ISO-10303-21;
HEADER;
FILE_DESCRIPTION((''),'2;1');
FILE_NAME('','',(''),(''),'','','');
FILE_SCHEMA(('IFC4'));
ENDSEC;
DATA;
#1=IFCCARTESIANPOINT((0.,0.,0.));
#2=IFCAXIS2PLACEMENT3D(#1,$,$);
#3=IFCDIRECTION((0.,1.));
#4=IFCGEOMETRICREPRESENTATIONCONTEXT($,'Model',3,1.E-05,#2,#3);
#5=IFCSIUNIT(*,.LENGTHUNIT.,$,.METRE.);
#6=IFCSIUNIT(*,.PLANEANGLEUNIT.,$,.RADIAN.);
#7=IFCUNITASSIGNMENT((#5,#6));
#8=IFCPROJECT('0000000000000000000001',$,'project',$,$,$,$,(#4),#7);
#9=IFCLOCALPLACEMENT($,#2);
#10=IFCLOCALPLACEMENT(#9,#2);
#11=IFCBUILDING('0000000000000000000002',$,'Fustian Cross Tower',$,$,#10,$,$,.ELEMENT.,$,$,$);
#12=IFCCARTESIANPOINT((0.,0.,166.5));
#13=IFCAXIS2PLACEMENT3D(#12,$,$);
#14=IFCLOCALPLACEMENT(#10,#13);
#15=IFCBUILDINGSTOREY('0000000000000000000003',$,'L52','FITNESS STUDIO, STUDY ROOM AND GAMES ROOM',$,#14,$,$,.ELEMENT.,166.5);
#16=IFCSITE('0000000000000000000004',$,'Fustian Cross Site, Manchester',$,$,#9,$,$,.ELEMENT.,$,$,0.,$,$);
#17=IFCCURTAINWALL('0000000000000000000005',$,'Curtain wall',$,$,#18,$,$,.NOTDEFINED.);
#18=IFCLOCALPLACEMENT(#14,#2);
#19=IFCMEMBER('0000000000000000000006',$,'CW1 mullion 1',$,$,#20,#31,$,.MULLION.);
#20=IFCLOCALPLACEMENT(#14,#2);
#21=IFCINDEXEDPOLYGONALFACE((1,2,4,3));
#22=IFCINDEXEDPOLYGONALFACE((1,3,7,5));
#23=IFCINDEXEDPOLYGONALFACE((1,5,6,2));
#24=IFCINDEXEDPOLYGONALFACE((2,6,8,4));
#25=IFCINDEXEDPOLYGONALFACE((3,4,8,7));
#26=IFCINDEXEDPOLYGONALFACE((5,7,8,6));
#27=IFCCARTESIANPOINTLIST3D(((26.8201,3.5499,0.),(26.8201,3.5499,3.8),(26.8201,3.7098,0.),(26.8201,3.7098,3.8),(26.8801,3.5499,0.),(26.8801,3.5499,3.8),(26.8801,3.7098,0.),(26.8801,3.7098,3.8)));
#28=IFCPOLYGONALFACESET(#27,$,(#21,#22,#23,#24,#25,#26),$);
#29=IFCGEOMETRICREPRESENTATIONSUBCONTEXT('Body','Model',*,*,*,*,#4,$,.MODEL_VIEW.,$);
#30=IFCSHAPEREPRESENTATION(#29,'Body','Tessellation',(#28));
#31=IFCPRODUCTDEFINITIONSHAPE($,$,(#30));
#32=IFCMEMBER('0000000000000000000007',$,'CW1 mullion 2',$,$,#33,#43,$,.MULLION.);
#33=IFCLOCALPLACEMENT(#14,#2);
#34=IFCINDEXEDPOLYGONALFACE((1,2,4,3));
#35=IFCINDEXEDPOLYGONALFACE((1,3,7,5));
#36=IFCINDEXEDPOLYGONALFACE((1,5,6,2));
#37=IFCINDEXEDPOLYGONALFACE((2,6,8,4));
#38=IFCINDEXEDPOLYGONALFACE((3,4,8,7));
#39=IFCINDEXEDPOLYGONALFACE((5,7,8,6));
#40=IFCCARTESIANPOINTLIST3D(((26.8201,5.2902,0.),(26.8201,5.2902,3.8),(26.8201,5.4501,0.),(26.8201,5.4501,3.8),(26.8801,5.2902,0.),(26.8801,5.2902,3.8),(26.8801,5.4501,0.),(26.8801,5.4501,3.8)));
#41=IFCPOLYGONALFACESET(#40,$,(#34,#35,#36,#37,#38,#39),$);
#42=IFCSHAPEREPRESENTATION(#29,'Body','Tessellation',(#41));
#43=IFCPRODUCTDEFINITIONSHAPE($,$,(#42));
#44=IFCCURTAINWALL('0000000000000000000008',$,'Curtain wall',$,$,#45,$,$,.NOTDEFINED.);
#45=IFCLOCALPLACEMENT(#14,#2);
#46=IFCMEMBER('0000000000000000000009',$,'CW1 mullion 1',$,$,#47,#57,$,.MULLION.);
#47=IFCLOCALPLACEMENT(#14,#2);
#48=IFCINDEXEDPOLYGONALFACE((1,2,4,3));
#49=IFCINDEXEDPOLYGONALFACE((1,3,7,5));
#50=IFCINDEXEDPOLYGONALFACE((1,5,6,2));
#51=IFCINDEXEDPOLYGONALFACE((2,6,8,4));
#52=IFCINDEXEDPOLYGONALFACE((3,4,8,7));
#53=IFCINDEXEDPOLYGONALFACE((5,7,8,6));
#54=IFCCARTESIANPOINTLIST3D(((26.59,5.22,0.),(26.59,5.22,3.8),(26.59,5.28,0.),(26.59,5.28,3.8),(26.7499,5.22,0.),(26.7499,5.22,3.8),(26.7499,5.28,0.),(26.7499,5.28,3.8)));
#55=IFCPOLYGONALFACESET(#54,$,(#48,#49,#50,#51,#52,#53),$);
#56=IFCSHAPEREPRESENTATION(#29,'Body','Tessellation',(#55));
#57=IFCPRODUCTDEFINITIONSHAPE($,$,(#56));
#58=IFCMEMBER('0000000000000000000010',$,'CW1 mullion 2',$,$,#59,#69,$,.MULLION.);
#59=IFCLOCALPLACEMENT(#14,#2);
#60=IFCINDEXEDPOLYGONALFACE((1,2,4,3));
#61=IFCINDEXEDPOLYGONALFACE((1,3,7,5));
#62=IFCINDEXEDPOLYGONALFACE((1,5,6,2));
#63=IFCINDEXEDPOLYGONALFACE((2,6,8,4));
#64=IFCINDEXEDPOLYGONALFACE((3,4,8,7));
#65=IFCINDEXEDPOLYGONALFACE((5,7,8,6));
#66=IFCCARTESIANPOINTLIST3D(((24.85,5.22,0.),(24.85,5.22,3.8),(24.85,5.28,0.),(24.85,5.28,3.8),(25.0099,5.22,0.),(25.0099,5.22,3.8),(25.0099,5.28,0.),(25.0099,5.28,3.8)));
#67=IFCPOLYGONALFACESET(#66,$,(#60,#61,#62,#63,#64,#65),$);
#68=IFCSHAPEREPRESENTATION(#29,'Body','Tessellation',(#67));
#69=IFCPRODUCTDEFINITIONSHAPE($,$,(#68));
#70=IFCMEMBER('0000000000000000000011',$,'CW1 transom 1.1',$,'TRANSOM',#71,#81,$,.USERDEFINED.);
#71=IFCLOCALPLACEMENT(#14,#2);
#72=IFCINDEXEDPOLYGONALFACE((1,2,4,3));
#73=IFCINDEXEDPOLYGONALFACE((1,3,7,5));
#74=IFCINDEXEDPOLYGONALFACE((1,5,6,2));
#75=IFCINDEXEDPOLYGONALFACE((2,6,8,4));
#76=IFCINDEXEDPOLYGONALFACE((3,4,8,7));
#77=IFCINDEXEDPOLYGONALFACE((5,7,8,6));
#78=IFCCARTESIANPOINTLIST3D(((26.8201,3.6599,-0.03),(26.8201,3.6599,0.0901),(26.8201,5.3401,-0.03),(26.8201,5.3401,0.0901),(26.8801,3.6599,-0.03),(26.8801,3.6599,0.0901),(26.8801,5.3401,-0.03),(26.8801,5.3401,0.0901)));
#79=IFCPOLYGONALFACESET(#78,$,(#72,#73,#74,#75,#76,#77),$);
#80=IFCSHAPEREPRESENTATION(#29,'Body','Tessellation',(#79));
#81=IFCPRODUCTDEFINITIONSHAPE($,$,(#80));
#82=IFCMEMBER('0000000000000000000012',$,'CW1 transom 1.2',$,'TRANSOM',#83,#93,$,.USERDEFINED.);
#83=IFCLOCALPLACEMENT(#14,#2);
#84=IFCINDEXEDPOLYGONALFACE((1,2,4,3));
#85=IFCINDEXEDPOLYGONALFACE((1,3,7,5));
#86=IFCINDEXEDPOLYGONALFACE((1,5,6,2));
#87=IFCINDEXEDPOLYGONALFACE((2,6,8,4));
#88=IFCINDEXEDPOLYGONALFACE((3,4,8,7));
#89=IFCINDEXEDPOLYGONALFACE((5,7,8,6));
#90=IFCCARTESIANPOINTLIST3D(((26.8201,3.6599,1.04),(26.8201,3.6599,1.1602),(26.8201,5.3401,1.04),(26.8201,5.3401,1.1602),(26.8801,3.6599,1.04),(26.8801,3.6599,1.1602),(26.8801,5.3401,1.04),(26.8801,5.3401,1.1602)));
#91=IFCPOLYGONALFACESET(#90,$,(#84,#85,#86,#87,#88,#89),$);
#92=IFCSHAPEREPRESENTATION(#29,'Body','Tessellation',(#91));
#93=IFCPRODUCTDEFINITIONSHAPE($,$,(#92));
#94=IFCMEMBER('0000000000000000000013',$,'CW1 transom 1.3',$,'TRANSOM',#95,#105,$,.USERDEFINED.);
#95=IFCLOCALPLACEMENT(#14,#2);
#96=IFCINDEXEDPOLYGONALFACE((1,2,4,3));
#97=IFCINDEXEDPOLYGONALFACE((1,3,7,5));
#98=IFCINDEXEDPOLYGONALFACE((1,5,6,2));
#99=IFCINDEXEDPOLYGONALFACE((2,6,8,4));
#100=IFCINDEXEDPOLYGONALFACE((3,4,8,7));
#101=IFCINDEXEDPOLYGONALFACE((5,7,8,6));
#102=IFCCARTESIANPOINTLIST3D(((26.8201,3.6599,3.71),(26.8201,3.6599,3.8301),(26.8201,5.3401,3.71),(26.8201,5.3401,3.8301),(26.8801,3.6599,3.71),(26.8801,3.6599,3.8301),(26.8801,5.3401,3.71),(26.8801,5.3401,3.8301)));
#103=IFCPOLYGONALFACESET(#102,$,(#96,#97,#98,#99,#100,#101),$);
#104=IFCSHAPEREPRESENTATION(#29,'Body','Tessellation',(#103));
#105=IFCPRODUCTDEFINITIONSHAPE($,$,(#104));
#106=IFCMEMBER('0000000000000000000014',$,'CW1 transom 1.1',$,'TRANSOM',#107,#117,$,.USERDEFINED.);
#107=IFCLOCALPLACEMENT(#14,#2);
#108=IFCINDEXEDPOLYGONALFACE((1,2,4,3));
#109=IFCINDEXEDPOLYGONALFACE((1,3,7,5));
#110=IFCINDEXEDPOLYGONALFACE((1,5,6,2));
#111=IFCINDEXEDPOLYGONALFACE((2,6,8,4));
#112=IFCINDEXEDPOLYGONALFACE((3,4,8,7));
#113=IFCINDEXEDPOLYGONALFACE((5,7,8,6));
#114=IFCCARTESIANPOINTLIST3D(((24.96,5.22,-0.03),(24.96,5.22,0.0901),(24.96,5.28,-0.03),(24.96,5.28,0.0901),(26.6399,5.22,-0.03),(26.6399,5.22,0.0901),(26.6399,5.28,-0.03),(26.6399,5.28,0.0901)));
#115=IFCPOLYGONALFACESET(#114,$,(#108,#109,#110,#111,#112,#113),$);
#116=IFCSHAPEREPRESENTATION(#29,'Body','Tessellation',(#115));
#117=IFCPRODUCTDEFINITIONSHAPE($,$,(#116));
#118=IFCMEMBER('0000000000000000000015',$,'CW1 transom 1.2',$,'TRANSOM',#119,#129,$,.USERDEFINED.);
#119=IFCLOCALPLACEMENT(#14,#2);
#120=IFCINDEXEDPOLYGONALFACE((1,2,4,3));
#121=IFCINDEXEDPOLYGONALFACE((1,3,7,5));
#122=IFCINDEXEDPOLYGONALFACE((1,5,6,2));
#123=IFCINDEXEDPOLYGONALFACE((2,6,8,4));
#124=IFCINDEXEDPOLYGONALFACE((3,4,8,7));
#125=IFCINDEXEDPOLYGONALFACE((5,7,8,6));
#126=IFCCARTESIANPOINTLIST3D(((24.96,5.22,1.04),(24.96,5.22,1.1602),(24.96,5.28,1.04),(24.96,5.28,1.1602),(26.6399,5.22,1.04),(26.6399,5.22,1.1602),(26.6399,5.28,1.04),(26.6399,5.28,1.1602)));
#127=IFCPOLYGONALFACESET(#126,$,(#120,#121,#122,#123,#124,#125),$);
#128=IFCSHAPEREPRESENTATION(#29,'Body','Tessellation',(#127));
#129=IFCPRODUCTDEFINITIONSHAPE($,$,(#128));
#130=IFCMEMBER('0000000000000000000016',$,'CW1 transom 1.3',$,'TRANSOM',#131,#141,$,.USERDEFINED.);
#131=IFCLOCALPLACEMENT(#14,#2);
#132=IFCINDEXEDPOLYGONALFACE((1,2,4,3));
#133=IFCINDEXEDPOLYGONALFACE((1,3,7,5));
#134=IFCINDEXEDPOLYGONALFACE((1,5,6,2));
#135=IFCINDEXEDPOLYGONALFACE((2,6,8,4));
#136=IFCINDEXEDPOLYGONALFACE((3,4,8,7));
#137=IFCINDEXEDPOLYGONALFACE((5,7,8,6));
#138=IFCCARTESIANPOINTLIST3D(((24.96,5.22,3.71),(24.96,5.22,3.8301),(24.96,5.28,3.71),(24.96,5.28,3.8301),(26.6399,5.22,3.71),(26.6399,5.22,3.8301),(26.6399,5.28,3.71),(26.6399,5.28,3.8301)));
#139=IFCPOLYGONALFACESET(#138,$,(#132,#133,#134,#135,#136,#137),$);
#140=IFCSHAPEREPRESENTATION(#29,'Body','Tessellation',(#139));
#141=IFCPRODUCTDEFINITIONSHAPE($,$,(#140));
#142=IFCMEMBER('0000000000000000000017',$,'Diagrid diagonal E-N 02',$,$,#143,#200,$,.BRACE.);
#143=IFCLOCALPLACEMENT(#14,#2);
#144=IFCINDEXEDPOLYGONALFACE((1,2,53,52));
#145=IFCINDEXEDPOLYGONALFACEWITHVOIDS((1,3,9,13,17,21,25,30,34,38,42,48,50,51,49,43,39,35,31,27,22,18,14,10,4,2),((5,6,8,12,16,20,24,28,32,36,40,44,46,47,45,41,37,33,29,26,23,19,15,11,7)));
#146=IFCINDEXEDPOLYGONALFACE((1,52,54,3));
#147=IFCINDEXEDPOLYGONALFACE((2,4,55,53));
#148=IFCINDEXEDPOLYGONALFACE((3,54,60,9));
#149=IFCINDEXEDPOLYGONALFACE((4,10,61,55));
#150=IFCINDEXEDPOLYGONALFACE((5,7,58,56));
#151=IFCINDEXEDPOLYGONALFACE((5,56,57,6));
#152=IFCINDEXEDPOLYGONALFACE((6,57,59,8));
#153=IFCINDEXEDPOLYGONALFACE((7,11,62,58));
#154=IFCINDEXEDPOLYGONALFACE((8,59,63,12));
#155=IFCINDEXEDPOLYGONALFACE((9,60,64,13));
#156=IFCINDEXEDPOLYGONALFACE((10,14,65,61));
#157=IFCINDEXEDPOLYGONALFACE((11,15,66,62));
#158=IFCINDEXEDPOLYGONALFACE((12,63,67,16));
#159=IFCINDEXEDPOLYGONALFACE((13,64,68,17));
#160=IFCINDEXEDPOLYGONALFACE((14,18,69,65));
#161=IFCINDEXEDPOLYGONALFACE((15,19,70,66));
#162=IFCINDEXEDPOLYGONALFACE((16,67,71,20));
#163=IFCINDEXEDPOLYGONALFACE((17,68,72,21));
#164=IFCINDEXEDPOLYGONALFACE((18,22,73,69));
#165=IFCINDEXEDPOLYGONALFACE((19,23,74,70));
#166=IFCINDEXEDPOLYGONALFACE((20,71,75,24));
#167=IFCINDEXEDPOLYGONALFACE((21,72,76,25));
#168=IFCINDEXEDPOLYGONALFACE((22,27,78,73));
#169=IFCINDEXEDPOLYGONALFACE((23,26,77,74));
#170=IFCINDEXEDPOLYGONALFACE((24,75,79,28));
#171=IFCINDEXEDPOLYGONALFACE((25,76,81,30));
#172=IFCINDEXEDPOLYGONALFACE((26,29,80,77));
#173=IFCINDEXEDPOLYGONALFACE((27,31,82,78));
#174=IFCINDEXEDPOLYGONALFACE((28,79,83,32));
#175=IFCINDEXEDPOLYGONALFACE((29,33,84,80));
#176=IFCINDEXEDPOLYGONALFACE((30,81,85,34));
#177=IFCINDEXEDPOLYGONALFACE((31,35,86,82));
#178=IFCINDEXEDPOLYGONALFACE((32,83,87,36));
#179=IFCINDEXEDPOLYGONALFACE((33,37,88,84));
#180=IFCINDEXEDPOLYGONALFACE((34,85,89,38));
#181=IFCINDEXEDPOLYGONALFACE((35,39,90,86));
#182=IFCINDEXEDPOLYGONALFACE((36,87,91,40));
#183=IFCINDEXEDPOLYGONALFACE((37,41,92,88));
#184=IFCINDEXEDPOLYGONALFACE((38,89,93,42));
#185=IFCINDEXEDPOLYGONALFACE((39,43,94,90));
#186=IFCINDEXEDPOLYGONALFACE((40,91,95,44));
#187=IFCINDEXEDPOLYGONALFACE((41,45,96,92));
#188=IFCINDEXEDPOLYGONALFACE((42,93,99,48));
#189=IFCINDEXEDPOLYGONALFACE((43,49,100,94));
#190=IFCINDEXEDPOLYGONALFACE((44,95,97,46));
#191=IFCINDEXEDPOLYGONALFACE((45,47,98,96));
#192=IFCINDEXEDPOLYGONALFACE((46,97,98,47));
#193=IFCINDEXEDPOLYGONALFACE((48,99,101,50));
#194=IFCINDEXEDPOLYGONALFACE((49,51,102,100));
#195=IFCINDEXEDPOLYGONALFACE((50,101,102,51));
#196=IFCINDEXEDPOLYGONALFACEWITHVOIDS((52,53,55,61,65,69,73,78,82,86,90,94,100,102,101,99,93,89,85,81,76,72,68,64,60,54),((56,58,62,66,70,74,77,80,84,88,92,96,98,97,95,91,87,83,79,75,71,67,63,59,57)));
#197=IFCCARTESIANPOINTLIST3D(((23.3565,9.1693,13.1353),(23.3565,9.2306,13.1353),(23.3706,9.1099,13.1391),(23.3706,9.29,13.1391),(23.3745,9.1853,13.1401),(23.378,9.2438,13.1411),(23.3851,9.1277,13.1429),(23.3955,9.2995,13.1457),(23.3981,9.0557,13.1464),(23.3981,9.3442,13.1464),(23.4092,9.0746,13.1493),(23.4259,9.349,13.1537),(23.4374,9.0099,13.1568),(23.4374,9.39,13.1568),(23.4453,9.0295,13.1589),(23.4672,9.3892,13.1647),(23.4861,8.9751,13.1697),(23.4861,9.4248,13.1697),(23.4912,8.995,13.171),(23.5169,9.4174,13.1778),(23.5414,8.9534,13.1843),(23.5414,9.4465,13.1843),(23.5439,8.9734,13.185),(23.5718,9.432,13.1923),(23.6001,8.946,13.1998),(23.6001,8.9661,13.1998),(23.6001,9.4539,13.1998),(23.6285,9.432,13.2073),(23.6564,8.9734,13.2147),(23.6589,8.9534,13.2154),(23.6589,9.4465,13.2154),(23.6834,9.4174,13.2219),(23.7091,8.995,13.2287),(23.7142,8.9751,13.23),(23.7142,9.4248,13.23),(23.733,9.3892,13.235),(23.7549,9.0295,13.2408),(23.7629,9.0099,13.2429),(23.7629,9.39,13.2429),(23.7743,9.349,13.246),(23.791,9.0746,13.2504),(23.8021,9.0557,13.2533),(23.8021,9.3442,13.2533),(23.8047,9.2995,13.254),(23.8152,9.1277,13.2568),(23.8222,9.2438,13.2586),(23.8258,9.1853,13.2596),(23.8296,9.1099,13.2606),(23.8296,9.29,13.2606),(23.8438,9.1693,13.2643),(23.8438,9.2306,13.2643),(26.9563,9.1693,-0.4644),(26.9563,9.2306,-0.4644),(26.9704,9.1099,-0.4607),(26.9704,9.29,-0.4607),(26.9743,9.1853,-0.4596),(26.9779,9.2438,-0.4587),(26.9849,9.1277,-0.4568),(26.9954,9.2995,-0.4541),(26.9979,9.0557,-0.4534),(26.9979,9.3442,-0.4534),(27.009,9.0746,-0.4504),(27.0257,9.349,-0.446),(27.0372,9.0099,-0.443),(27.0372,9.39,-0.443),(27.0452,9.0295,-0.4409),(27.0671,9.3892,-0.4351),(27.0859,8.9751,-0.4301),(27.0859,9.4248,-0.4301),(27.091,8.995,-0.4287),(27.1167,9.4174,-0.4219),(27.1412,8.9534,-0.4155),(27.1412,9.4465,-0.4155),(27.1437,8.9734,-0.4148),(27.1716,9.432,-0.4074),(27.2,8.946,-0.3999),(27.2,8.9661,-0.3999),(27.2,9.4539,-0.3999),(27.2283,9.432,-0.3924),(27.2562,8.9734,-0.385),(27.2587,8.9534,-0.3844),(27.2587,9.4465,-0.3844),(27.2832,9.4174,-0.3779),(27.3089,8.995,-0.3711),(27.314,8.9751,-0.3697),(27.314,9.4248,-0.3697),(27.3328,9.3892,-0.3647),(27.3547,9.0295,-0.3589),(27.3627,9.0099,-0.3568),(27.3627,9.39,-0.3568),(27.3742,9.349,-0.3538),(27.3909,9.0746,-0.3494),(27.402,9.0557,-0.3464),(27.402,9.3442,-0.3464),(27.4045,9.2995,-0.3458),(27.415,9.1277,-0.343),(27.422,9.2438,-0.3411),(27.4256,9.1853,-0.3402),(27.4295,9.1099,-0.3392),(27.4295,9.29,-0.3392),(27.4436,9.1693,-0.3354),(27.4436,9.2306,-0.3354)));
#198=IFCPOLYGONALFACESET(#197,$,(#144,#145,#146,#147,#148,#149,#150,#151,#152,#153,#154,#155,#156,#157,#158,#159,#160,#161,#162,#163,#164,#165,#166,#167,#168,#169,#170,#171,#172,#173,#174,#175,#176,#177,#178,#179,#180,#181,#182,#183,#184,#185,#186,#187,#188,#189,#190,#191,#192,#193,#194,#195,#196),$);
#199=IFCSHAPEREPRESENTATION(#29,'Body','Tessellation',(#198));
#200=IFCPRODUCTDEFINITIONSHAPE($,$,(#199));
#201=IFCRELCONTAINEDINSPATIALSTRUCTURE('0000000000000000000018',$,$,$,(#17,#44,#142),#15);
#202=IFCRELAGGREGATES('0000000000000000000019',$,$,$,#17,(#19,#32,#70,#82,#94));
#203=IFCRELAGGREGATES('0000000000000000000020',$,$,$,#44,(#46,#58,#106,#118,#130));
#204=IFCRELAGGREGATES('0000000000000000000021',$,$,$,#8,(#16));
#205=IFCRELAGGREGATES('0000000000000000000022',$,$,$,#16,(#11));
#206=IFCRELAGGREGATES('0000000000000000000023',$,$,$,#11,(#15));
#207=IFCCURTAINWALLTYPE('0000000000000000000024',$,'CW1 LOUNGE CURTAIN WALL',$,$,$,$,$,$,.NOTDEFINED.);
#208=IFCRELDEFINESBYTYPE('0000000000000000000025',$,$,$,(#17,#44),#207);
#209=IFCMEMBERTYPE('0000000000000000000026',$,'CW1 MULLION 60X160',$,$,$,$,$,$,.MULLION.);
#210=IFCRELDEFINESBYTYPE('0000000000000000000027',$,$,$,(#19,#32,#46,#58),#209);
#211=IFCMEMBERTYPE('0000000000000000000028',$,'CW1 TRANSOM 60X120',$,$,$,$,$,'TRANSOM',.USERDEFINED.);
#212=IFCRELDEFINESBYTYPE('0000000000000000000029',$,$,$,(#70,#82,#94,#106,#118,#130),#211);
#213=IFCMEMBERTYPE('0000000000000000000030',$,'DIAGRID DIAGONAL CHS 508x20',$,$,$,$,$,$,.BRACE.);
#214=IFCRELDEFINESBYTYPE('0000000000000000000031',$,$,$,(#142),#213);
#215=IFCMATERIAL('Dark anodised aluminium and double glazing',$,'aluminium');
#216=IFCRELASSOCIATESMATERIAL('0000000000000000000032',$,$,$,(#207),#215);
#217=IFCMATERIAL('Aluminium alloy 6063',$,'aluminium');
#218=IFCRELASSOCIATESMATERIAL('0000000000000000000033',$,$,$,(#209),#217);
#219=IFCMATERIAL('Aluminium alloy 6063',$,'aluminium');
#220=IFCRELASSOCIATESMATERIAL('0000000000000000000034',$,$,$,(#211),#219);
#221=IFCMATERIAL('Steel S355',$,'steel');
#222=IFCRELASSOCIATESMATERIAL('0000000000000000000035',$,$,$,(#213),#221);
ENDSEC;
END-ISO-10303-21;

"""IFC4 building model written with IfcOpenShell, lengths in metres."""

from ifc_helpers import new_model, si_unit, direction, frame, origin, origin_2d, place, context, subcontext, project, spatial, rectangle, hollow_circle, extrude, material, material_profile, profile_set, type_object, element, aggregate, save


model = new_model("IFC4")

# Units and contexts
model_context = context("Model", 3, precision=1e-05, world=origin(), true_north=direction((0.0, 1.0)))
body_context = subcontext(model_context, "Body", "Model", "MODEL_VIEW")
ifc_project = project(units=[si_unit("LENGTHUNIT", "METRE"), si_unit("PLANEANGLEUNIT", "RADIAN")], contexts=[model_context])

# Site, building, storey
site_placement = place(None, origin())
site = spatial("IfcSite", under=ifc_project, at=site_placement, Name="Fustian Cross Site, Manchester", CompositionType="ELEMENT", RefElevation=0.0)
building_placement = place(site_placement, origin())
building = spatial("IfcBuilding", under=site, at=building_placement, Name="Fustian Cross Tower", CompositionType="ELEMENT")
storey_placement = place(building_placement, frame((0.0, 0.0, 166.5)))
storey = spatial("IfcBuildingStorey", under=building, at=storey_placement, Name="L52", Description="FITNESS STUDIO, STUDY ROOM AND GAMES ROOM", CompositionType="ELEMENT", Elevation=166.5)

# Curtain walls, members
ifc_material_1 = material(Name="Dark anodised aluminium and double glazing", Category="aluminium")
curtain_wall_type = type_object("IfcCurtainWallType", Name="CW1 LOUNGE CURTAIN WALL", PredefinedType="NOTDEFINED", material=ifc_material_1)
curtain_wall_1_placement = place(storey_placement, origin())
curtain_wall_1 = element("IfcCurtainWall", 1, at=curtain_wall_1_placement, inside=storey, type_object=curtain_wall_type, Name="Curtain wall", PredefinedType="NOTDEFINED")
ifc_material_2 = material(Name="Aluminium alloy 6063", Category="aluminium")
ifc_material_profile_1 = material_profile(ifc_material_2, rectangle(XDim=0.0601, YDim=0.1599, at=origin_2d()), Name="CW1 MULLION 60X160")
ifc_profile_set_1 = profile_set([ifc_material_profile_1], Name="Aluminium alloy 6063")
member_type_1 = type_object("IfcMemberType", Name="CW1 MULLION 60X160", PredefinedType="MULLION", material=ifc_profile_set_1)
member_1_placement = place(storey_placement, frame((26.8501, 3.6299, 0.0), z_axis=(0.0, 0.0, 1.0), x_axis=(-1.0, 0.0, 0.0)))
member_1 = element("IfcMember", 2, at=member_1_placement, type_object=member_type_1, Name="CW1 mullion 1", PredefinedType="MULLION", context=body_context, shape_type="SweptSolid", body=[
    extrude(rectangle(XDim=0.0601, YDim=0.1599, at=origin_2d()), origin(), (0.0, 0.0, 1.0), 3.8),
])
member_2_placement = place(storey_placement, frame((26.8501, 5.3701, 0.0), z_axis=(0.0, 0.0, 1.0), x_axis=(-1.0, 0.0, 0.0)))
member_2 = element("IfcMember", 3, at=member_2_placement, type_object=member_type_1, Name="CW1 mullion 2", PredefinedType="MULLION", context=body_context, shape_type="SweptSolid", body=[
    extrude(rectangle(XDim=0.0601, YDim=0.1599, at=origin_2d()), origin(), (0.0, 0.0, 1.0), 3.8),
])
curtain_wall_2_placement = place(storey_placement, origin())
curtain_wall_2 = element("IfcCurtainWall", 4, at=curtain_wall_2_placement, inside=storey, type_object=curtain_wall_type, Name="Curtain wall", PredefinedType="NOTDEFINED")
member_3_placement = place(storey_placement, frame((26.6699, 5.25, 0.0), z_axis=(0.0, 0.0, 1.0), x_axis=(0.0, -1.0, 0.0)))
member_3 = element("IfcMember", 5, at=member_3_placement, type_object=member_type_1, Name="CW1 mullion 1", PredefinedType="MULLION", context=body_context, shape_type="SweptSolid", body=[
    extrude(rectangle(XDim=0.0601, YDim=0.1599, at=origin_2d()), origin(), (0.0, 0.0, 1.0), 3.8),
])
member_4_placement = place(storey_placement, frame((24.9299, 5.25, 0.0), z_axis=(0.0, 0.0, 1.0), x_axis=(0.0, -1.0, 0.0)))
member_4 = element("IfcMember", 6, at=member_4_placement, type_object=member_type_1, Name="CW1 mullion 2", PredefinedType="MULLION", context=body_context, shape_type="SweptSolid", body=[
    extrude(rectangle(XDim=0.0601, YDim=0.1599, at=origin_2d()), origin(), (0.0, 0.0, 1.0), 3.8),
])

# Members
ifc_material_3 = material(Name="Aluminium alloy 6063", Category="aluminium")
ifc_material_profile_2 = material_profile(ifc_material_3, rectangle(XDim=0.0601, YDim=0.1201, at=origin_2d()), Name="CW1 TRANSOM 60X120")
ifc_profile_set_2 = profile_set([ifc_material_profile_2], Name="Aluminium alloy 6063")
member_type_2 = type_object("IfcMemberType", Name="CW1 TRANSOM 60X120", ElementType="TRANSOM", PredefinedType="USERDEFINED", material=ifc_profile_set_2)
member_5_placement = place(storey_placement, frame((26.8501, 3.6599, 0.03), z_axis=(0.0, 1.0, 0.0), x_axis=(-1.0, 0.0, 0.0)))
member_5 = element("IfcMember", 7, at=member_5_placement, type_object=member_type_2, Name="CW1 transom 1.1", ObjectType="TRANSOM", PredefinedType="USERDEFINED", context=body_context, shape_type="SweptSolid", body=[
    extrude(rectangle(XDim=0.0601, YDim=0.1201, at=origin_2d()), origin(), (0.0, 0.0, 1.0), 1.6802),
])
member_6_placement = place(storey_placement, frame((26.8501, 3.6599, 1.1001), z_axis=(0.0, 1.0, 0.0), x_axis=(-1.0, 0.0, 0.0)))
member_6 = element("IfcMember", 8, at=member_6_placement, type_object=member_type_2, Name="CW1 transom 1.2", ObjectType="TRANSOM", PredefinedType="USERDEFINED", context=body_context, shape_type="SweptSolid", body=[
    extrude(rectangle(XDim=0.0601, YDim=0.1201, at=origin_2d()), origin(), (0.0, 0.0, 1.0), 1.6802),
])
member_7_placement = place(storey_placement, frame((26.8501, 3.6599, 3.77), z_axis=(0.0, 1.0, 0.0), x_axis=(-1.0, 0.0, 0.0)))
member_7 = element("IfcMember", 9, at=member_7_placement, type_object=member_type_2, Name="CW1 transom 1.3", ObjectType="TRANSOM", PredefinedType="USERDEFINED", context=body_context, shape_type="SweptSolid", body=[
    extrude(rectangle(XDim=0.0601, YDim=0.1201, at=origin_2d()), origin(), (0.0, 0.0, 1.0), 1.6802),
])
member_8_placement = place(storey_placement, frame((26.6399, 5.25, 0.03), z_axis=(-1.0, 0.0, 0.0), x_axis=(0.0, -1.0, 0.0)))
member_8 = element("IfcMember", 10, at=member_8_placement, type_object=member_type_2, Name="CW1 transom 1.1", ObjectType="TRANSOM", PredefinedType="USERDEFINED", context=body_context, shape_type="SweptSolid", body=[
    extrude(rectangle(XDim=0.0601, YDim=0.1201, at=origin_2d()), origin(), (0.0, 0.0, 1.0), 1.6799),
])
member_9_placement = place(storey_placement, frame((26.6399, 5.25, 1.1001), z_axis=(-1.0, 0.0, 0.0), x_axis=(0.0, -1.0, 0.0)))
member_9 = element("IfcMember", 11, at=member_9_placement, type_object=member_type_2, Name="CW1 transom 1.2", ObjectType="TRANSOM", PredefinedType="USERDEFINED", context=body_context, shape_type="SweptSolid", body=[
    extrude(rectangle(XDim=0.0601, YDim=0.1201, at=origin_2d()), origin(), (0.0, 0.0, 1.0), 1.6799),
])
member_10_placement = place(storey_placement, frame((26.6399, 5.25, 3.77), z_axis=(-1.0, 0.0, 0.0), x_axis=(0.0, -1.0, 0.0)))
member_10 = element("IfcMember", 12, at=member_10_placement, type_object=member_type_2, Name="CW1 transom 1.3", ObjectType="TRANSOM", PredefinedType="USERDEFINED", context=body_context, shape_type="SweptSolid", body=[
    extrude(rectangle(XDim=0.0601, YDim=0.1201, at=origin_2d()), origin(), (0.0, 0.0, 1.0), 1.6799),
])

# Member
ifc_material_4 = material(Name="Steel S355", Category="steel")
ifc_material_profile_3 = material_profile(ifc_material_4, hollow_circle(Radius=0.2539, WallThickness=0.02, at=origin_2d()), Name="CHS 508x20")
ifc_profile_set_3 = profile_set([ifc_material_profile_3], Name="Steel S355")
member_type_3 = type_object("IfcMemberType", Name="DIAGRID DIAGONAL CHS 508x20", PredefinedType="BRACE", material=ifc_profile_set_3)
member_11_placement = place(storey_placement, frame((27.2, 9.2, -0.3999), z_axis=(-0.255885, 0.0, 0.966707), x_axis=(0.0, -1.0, 0.0)))
element("IfcMember", 13, at=member_11_placement, inside=storey, type_object=member_type_3, Name="Diagrid diagonal E-N 02", PredefinedType="BRACE", context=body_context, shape_type="SweptSolid", body=[
    extrude(hollow_circle(Radius=0.2539, WallThickness=0.02, at=origin_2d()), origin(), (0.0, 0.0, 1.0), 14.0681),
])

aggregate(curtain_wall_1, [member_1, member_2, member_5, member_6, member_7])
aggregate(curtain_wall_2, [member_3, member_4, member_8, member_9, member_10])

save(model, "model.ifc")
